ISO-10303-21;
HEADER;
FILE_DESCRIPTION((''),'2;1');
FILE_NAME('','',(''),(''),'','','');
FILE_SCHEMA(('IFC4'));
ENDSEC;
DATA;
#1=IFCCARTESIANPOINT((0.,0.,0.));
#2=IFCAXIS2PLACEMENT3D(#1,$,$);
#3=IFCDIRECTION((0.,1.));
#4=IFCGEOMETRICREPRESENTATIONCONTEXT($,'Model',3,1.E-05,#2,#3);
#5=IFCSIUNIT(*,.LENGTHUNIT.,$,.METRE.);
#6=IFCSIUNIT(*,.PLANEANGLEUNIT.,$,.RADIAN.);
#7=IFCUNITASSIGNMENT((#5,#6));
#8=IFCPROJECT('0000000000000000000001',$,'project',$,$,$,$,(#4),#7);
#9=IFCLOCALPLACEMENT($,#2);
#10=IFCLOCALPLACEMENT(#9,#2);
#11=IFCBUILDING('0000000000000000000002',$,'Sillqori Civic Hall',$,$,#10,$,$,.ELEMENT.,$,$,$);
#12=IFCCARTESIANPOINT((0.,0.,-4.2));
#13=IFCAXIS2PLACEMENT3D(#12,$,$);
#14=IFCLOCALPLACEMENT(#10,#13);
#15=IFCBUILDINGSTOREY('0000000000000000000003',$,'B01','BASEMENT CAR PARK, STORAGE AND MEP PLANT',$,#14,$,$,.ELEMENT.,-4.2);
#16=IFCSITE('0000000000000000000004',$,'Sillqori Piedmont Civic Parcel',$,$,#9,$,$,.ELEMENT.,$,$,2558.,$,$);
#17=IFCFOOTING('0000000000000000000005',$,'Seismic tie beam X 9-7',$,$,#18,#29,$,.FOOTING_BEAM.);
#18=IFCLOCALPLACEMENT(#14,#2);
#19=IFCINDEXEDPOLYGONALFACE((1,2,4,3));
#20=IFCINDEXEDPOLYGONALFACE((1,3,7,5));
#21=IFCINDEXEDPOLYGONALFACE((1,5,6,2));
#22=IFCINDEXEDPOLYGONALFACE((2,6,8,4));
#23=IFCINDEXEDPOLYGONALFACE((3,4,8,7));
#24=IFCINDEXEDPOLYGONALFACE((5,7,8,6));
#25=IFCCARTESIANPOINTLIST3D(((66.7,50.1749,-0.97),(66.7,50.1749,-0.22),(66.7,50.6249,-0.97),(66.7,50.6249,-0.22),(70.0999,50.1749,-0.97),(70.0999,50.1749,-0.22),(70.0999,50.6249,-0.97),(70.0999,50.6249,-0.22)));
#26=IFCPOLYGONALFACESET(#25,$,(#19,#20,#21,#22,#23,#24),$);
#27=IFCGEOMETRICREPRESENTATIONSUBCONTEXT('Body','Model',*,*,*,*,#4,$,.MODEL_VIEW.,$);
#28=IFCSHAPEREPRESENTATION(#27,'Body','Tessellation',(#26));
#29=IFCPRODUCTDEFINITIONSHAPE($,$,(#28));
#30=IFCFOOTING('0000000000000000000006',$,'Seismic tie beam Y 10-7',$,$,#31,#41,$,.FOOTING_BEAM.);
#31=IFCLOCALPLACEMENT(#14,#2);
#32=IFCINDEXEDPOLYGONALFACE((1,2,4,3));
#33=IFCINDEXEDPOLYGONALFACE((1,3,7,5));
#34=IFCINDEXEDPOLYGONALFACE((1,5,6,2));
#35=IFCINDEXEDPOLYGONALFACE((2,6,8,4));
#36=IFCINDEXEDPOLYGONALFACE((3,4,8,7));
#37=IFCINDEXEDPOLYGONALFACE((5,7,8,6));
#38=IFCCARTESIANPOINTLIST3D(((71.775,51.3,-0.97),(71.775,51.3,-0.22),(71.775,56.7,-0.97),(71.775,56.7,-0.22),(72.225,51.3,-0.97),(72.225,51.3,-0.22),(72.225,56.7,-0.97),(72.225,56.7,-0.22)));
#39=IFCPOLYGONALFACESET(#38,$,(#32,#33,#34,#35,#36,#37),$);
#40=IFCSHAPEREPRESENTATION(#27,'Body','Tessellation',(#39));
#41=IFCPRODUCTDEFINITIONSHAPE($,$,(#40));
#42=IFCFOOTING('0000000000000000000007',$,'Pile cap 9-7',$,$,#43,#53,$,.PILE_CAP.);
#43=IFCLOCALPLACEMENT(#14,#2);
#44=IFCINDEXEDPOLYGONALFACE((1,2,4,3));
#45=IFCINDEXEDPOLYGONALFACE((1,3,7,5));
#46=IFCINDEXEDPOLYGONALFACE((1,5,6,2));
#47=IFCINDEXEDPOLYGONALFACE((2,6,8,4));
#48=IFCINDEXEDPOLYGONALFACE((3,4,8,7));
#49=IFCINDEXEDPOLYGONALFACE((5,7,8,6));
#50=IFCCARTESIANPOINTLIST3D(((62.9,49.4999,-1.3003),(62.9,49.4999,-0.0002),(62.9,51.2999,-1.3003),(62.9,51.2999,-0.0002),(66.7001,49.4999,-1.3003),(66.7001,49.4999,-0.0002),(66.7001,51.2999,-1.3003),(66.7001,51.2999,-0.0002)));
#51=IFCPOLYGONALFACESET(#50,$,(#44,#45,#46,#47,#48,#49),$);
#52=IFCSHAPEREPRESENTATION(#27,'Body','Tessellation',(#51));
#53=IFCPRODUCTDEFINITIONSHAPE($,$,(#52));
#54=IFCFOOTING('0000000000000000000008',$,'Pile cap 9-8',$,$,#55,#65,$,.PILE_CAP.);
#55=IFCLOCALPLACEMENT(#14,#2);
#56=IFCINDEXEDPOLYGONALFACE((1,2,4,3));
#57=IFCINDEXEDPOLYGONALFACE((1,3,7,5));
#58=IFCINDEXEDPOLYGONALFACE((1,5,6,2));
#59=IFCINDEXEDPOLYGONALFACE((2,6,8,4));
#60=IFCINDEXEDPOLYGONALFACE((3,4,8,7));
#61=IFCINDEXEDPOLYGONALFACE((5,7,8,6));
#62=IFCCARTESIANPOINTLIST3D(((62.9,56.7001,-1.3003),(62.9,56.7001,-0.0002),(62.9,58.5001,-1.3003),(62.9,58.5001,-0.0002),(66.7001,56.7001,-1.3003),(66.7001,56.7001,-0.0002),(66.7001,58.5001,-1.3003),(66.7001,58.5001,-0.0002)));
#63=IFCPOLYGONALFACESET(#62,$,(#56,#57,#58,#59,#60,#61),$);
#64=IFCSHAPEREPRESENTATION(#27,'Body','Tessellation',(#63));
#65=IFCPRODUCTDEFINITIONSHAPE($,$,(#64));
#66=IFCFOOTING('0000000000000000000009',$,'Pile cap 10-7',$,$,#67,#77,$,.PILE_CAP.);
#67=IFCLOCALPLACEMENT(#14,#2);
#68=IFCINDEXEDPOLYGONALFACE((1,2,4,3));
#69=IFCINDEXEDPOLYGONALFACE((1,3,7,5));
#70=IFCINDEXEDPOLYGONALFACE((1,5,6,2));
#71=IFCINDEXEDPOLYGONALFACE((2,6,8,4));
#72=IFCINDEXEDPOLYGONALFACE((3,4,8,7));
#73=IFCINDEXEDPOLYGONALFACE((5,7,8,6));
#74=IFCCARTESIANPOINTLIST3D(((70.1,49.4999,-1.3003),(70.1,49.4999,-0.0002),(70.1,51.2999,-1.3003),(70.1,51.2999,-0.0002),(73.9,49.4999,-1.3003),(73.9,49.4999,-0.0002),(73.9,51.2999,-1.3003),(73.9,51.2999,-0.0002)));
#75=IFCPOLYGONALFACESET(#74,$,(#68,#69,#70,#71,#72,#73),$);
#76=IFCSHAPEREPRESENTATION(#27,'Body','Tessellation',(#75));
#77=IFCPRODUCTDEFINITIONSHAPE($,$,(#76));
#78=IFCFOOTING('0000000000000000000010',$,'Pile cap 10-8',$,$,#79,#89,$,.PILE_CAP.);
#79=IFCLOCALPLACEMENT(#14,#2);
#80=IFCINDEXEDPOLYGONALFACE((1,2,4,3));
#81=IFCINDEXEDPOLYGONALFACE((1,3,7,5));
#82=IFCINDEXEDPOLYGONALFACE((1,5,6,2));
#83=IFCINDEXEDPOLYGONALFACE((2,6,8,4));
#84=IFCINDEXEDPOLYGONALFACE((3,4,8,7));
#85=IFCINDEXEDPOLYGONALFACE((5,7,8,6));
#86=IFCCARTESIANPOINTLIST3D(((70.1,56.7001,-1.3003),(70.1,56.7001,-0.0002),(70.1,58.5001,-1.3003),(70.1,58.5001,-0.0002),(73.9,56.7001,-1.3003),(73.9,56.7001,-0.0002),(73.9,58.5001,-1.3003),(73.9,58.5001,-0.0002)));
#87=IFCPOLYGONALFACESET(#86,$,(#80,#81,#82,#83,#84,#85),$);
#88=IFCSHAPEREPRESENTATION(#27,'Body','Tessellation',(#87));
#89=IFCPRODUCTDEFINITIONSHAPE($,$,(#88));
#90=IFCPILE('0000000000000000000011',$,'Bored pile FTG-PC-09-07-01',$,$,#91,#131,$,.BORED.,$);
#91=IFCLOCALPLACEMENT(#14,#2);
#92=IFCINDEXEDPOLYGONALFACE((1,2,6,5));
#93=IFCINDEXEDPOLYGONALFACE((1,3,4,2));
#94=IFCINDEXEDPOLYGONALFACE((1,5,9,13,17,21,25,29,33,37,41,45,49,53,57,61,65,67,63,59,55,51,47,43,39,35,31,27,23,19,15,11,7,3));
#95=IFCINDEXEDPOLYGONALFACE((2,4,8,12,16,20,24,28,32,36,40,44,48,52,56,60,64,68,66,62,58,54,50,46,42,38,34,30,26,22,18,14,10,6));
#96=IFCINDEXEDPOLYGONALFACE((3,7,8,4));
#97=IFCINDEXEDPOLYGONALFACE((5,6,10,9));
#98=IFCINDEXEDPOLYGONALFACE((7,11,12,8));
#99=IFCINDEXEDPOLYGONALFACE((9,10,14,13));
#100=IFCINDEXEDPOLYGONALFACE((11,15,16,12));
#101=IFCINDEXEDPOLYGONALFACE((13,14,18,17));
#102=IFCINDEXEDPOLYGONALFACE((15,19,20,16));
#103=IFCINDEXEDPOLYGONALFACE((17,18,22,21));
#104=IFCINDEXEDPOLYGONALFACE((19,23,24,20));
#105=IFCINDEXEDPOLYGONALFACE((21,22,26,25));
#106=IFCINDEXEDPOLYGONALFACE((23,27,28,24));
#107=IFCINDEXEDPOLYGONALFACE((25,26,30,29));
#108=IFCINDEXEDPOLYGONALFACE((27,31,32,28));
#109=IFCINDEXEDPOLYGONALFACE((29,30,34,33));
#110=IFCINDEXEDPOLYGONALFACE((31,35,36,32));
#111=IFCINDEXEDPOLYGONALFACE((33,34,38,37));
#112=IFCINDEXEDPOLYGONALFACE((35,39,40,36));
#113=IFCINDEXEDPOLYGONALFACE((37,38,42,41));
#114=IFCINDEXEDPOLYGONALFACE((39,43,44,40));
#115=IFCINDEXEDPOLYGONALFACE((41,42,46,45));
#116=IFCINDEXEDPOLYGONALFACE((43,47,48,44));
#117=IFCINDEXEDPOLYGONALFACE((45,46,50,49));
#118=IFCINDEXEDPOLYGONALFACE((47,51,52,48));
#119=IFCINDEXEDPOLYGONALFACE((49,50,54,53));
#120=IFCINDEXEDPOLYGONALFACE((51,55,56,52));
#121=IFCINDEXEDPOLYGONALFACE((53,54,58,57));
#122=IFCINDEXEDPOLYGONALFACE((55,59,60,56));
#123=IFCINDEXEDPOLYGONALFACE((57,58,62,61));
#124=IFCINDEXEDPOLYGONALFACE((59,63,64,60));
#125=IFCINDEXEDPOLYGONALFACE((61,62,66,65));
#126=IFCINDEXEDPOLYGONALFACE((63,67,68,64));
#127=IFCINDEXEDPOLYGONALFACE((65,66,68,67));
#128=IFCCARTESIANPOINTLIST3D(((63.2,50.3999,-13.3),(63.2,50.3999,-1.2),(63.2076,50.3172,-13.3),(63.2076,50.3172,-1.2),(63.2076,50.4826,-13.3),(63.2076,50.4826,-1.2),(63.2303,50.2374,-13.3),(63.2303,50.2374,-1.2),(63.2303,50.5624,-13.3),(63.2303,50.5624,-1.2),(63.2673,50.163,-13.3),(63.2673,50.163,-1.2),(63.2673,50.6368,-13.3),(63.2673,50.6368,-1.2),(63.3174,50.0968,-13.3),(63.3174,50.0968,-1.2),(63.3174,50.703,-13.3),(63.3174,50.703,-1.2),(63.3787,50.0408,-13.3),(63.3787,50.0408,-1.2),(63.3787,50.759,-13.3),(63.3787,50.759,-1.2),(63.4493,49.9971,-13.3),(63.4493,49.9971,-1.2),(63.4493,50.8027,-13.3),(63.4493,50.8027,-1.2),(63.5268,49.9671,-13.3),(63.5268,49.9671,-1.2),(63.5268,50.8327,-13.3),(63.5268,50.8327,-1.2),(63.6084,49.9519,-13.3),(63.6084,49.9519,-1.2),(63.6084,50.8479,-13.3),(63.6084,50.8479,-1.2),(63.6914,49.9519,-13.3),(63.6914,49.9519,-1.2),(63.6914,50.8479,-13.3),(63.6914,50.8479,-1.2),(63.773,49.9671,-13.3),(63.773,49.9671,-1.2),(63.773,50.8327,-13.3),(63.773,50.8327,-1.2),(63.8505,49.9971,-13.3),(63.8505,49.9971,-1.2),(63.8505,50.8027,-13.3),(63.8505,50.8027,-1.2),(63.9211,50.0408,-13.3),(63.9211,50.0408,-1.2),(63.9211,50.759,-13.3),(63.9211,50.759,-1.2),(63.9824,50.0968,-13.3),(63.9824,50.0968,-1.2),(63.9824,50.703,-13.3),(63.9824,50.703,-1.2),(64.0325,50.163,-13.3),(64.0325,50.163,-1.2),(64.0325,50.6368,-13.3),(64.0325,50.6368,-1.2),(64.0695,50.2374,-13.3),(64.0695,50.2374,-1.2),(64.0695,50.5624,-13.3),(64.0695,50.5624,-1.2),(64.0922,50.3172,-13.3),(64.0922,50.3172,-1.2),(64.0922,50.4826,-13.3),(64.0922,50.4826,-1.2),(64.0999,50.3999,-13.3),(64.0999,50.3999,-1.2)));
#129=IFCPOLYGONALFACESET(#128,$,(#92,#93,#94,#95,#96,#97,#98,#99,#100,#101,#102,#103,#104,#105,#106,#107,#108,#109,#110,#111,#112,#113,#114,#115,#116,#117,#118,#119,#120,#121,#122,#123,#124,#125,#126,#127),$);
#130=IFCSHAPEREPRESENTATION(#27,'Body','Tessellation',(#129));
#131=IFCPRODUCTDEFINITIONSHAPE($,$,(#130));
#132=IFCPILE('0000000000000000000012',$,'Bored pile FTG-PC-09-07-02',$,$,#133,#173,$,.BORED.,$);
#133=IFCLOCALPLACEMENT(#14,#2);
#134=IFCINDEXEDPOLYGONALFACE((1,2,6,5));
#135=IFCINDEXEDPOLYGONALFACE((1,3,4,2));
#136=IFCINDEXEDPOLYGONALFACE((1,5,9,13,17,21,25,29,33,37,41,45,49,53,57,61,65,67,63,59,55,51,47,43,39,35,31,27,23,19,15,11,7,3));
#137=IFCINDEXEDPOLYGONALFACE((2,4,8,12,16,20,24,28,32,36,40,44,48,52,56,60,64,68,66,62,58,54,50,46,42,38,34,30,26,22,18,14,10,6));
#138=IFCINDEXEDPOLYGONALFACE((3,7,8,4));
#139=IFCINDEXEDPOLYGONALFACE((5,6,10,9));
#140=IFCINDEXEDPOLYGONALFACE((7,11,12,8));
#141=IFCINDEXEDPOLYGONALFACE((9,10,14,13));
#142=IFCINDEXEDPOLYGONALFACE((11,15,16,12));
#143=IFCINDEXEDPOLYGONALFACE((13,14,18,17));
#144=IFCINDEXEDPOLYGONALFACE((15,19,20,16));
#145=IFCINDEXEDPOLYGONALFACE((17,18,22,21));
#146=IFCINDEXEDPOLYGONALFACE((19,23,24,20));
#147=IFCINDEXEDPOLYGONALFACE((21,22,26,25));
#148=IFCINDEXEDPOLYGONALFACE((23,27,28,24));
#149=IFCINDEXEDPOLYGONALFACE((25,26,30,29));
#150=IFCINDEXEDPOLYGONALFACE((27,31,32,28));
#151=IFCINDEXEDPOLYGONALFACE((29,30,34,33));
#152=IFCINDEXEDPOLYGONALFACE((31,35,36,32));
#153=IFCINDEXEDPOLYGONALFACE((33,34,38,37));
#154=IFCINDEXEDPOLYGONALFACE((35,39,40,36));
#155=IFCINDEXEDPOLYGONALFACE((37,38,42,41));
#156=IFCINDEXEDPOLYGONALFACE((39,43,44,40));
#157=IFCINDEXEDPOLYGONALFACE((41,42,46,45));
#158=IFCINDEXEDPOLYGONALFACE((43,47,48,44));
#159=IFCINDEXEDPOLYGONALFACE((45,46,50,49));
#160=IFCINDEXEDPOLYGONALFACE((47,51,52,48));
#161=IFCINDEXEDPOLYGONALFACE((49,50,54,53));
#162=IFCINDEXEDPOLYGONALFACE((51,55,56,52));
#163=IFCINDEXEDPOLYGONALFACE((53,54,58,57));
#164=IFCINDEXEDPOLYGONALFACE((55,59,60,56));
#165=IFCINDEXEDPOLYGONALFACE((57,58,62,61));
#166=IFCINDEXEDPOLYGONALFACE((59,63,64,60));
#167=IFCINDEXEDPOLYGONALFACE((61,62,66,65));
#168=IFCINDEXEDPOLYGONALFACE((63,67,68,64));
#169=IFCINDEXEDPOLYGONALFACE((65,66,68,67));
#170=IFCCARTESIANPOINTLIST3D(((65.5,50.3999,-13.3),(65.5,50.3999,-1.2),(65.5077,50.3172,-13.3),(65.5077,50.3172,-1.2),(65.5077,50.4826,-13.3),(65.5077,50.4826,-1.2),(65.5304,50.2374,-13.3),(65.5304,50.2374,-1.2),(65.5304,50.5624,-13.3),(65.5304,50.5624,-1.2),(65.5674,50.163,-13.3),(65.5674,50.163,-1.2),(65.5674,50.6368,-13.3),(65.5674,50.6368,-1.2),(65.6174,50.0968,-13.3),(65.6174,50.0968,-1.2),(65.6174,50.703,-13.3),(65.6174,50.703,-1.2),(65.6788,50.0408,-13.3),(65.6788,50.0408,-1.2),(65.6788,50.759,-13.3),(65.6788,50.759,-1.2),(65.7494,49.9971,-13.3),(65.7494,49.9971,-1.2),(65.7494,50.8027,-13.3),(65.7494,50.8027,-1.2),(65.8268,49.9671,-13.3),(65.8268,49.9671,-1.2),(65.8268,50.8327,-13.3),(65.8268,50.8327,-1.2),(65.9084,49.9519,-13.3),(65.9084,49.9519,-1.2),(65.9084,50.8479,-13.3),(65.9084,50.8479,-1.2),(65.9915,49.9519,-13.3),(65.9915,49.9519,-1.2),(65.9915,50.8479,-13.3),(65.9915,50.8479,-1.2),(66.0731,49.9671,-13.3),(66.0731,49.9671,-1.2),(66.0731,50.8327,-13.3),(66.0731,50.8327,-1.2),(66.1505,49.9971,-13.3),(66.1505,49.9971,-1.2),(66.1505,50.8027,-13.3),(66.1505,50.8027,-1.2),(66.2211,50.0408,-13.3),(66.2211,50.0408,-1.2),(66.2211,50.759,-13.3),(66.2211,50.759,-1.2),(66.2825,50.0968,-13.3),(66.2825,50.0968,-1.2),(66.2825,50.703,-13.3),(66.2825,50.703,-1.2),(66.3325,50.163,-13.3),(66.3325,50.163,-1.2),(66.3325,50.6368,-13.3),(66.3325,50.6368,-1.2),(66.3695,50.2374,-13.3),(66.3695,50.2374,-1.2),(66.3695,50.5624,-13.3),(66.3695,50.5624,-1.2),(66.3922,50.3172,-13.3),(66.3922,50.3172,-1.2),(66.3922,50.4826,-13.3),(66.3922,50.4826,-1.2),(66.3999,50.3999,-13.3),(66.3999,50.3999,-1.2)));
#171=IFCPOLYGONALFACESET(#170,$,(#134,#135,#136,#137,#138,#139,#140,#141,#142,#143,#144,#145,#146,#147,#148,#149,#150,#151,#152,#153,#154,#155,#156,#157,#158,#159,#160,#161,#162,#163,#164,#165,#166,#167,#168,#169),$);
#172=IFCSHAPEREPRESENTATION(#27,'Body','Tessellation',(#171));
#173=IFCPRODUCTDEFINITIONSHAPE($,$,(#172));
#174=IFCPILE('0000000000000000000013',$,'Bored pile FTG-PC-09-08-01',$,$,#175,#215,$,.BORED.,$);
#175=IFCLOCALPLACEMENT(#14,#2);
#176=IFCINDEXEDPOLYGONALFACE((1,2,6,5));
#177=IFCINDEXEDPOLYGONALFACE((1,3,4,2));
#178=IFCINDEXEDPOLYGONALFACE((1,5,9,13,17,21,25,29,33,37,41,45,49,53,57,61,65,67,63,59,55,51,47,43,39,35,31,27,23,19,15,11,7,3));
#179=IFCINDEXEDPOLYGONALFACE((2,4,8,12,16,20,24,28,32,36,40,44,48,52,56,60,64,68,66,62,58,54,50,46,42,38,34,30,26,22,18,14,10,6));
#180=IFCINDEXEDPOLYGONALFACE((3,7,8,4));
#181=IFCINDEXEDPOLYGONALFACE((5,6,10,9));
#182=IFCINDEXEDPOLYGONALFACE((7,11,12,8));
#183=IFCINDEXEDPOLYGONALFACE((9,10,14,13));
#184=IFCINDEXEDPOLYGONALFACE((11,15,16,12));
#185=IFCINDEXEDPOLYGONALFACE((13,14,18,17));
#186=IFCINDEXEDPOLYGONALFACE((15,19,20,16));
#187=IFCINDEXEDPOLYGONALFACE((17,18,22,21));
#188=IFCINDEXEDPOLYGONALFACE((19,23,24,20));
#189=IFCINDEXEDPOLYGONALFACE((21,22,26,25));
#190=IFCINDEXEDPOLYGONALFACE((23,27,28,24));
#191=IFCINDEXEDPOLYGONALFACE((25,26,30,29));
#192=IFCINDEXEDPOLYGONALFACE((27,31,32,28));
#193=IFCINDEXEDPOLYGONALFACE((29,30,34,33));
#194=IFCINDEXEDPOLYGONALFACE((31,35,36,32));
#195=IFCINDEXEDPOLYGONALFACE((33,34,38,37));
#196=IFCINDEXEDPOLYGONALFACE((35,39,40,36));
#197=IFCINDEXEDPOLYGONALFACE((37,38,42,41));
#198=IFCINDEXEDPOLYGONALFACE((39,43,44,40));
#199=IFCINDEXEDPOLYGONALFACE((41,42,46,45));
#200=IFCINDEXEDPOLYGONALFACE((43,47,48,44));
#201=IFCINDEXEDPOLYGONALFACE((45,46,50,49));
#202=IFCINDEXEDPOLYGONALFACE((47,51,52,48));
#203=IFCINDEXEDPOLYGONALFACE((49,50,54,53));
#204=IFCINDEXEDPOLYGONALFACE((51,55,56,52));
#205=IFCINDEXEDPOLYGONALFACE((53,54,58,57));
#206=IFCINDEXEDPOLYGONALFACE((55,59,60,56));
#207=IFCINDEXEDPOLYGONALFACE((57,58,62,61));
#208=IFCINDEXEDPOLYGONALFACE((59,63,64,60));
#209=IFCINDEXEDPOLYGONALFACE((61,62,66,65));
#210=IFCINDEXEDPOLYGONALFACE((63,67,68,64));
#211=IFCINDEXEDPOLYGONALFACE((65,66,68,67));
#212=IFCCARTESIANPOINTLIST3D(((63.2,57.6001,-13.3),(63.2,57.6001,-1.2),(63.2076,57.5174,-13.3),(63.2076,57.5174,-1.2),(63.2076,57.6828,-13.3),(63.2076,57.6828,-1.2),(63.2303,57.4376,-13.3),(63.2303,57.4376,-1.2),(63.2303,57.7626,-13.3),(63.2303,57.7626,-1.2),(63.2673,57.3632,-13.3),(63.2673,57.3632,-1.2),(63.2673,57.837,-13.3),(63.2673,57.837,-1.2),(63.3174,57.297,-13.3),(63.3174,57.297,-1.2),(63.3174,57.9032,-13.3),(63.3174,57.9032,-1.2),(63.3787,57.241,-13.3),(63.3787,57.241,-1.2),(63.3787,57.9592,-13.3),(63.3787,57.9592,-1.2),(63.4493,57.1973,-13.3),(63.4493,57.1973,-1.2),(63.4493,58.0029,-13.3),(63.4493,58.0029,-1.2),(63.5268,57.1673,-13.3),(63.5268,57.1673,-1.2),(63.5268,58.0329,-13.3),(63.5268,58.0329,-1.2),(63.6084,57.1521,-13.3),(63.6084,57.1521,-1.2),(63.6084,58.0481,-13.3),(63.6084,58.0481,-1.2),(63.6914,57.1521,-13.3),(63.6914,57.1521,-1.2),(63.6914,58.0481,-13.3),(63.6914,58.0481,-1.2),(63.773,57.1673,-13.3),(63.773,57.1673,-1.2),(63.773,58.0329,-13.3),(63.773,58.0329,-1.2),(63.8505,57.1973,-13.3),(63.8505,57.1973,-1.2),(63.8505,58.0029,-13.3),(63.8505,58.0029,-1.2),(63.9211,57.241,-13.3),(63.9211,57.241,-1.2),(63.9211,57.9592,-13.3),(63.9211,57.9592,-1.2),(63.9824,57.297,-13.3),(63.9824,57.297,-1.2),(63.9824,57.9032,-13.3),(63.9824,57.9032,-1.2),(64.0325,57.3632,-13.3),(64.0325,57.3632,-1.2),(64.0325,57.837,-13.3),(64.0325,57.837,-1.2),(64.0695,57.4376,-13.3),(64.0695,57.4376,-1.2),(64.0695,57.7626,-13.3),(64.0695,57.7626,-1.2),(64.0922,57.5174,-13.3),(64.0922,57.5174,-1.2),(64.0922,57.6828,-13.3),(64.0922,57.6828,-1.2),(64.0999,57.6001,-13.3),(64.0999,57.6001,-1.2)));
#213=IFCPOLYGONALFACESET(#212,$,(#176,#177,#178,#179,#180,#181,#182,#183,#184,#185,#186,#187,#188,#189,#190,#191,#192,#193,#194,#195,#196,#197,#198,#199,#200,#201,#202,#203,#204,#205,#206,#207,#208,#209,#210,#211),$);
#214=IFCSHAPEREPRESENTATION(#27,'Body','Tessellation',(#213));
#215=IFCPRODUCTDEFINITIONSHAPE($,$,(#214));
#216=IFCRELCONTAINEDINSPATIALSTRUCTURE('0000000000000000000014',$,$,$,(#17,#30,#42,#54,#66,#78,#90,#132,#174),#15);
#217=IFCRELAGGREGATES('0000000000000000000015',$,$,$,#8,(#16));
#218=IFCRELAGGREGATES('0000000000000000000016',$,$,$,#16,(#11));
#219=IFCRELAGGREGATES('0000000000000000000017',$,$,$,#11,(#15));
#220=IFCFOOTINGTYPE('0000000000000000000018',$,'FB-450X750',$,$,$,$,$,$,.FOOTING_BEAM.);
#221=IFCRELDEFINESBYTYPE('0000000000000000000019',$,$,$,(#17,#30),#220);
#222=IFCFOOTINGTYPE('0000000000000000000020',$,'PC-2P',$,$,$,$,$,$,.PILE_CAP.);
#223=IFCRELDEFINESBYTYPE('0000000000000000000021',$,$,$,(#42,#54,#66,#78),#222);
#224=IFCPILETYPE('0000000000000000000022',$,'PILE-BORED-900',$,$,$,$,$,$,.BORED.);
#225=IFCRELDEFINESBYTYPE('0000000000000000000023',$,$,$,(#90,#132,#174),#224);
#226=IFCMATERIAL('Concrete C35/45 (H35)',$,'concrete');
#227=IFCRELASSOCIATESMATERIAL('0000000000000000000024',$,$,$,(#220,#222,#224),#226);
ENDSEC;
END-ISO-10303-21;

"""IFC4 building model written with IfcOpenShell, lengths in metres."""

from ifc_helpers import new_model, si_unit, direction, frame, origin, origin_2d, place, context, subcontext, project, spatial, rectangle, circle, extrude, material, material_profile, profile_set, type_object, element, save


model = new_model("IFC4")

# Units and contexts
model_context = context("Model", 3, precision=1e-05, world=origin(), true_north=direction((0.0, 1.0)))
body_context = subcontext(model_context, "Body", "Model", "MODEL_VIEW")
ifc_project = project(units=[si_unit("LENGTHUNIT", "METRE"), si_unit("PLANEANGLEUNIT", "RADIAN")], contexts=[model_context])

# Site, building, storey
site_placement = place(None, origin())
site = spatial("IfcSite", under=ifc_project, at=site_placement, Name="Sillqori Piedmont Civic Parcel", CompositionType="ELEMENT", RefElevation=2558.0)
building_placement = place(site_placement, origin())
building = spatial("IfcBuilding", under=site, at=building_placement, Name="Sillqori Civic Hall", CompositionType="ELEMENT")
storey_placement = place(building_placement, frame((0.0, 0.0, -4.2)))
storey = spatial("IfcBuildingStorey", under=building, at=storey_placement, Name="B01", Description="BASEMENT CAR PARK, STORAGE AND MEP PLANT", CompositionType="ELEMENT", Elevation=-4.2)

# Footings
ifc_material = material(Name="Concrete C35/45 (H35)", Category="concrete")
footing_type_1 = type_object("IfcFootingType", Name="FB-450X750", PredefinedType="FOOTING_BEAM", material=ifc_material)
footing_1_placement = place(storey_placement, frame((68.3999, 50.3999, -0.97), z_axis=(0.0, 0.0, 1.0), x_axis=(1.0, 0.0, 0.0)))
element("IfcFooting", 1, at=footing_1_placement, inside=storey, type_object=footing_type_1, Name="Seismic tie beam X 9-7", PredefinedType="FOOTING_BEAM", context=body_context, shape_type="SweptSolid", body=[
    extrude(rectangle(XDim=3.3999, YDim=0.45, at=origin_2d()), origin(), (0.0, 0.0, 1.0), 0.75),
])
footing_2_placement = place(storey_placement, frame((72.0, 54.0, -0.97), z_axis=(0.0, 0.0, 1.0), x_axis=(1.0, 0.0, 0.0)))
element("IfcFooting", 2, at=footing_2_placement, inside=storey, type_object=footing_type_1, Name="Seismic tie beam Y 10-7", PredefinedType="FOOTING_BEAM", context=body_context, shape_type="SweptSolid", body=[
    extrude(rectangle(XDim=0.45, YDim=5.3999, at=origin_2d()), origin(), (0.0, 0.0, 1.0), 0.75),
])
footing_type_2 = type_object("IfcFootingType", Name="PC-2P", PredefinedType="PILE_CAP", material=ifc_material)
for number, where, z_axis, x_axis, name in (
    (3, (64.8, 50.3999, -1.3003), (0.0, 0.0, 1.0), (1.0, 0.0, 0.0), "Pile cap 9-7"),
    (4, (64.8, 57.6001, -1.3003), (0.0, 0.0, 1.0), (1.0, 0.0, 0.0), "Pile cap 9-8"),
    (5, (72.0, 50.3999, -1.3003), (0.0, 0.0, 1.0), (1.0, 0.0, 0.0), "Pile cap 10-7"),
    (6, (72.0, 57.6001, -1.3003), (0.0, 0.0, 1.0), (1.0, 0.0, 0.0), "Pile cap 10-8"),
):
    element("IfcFooting", number, at=place(storey_placement, frame(where, z_axis=z_axis, x_axis=x_axis)), inside=storey, type_object=footing_type_2, Name=name, PredefinedType="PILE_CAP", context=body_context, shape_type="SweptSolid", body=[
        extrude(rectangle(XDim=3.8, YDim=1.8, at=origin_2d()), origin(), (0.0, 0.0, 1.0), 1.3),
    ])

# Piles
ifc_material_profile_1 = material_profile(ifc_material, circle(Radius=0.45, at=origin_2d()), Name="BORED PILE 900")
ifc_profile_set_1 = profile_set([ifc_material_profile_1], Name="Concrete C35/45 (H35)")
pile_type = type_object("IfcPileType", Name="PILE-BORED-900", PredefinedType="BORED", material=ifc_profile_set_1)
for number, where, z_axis, x_axis, name in (
    (7, (63.6499, 50.3999, -1.2), (0.0, 0.0, -1.0), (1.0, 0.0, 0.0), "Bored pile FTG-PC-09-07-01"),
    (8, (65.95, 50.3999, -1.2), (0.0, 0.0, -1.0), (1.0, 0.0, 0.0), "Bored pile FTG-PC-09-07-02"),
    (9, (63.6499, 57.6001, -1.2), (0.0, 0.0, -1.0), (1.0, 0.0, 0.0), "Bored pile FTG-PC-09-08-01"),
):
    element("IfcPile", number, at=place(storey_placement, frame(where, z_axis=z_axis, x_axis=x_axis)), inside=storey, type_object=pile_type, Name=name, PredefinedType="BORED", context=body_context, shape_type="SweptSolid", body=[
        extrude(circle(Radius=0.45, at=origin_2d()), origin(), (0.0, 0.0, 1.0), 12.1001),
    ])

save(model, "model.ifc")
